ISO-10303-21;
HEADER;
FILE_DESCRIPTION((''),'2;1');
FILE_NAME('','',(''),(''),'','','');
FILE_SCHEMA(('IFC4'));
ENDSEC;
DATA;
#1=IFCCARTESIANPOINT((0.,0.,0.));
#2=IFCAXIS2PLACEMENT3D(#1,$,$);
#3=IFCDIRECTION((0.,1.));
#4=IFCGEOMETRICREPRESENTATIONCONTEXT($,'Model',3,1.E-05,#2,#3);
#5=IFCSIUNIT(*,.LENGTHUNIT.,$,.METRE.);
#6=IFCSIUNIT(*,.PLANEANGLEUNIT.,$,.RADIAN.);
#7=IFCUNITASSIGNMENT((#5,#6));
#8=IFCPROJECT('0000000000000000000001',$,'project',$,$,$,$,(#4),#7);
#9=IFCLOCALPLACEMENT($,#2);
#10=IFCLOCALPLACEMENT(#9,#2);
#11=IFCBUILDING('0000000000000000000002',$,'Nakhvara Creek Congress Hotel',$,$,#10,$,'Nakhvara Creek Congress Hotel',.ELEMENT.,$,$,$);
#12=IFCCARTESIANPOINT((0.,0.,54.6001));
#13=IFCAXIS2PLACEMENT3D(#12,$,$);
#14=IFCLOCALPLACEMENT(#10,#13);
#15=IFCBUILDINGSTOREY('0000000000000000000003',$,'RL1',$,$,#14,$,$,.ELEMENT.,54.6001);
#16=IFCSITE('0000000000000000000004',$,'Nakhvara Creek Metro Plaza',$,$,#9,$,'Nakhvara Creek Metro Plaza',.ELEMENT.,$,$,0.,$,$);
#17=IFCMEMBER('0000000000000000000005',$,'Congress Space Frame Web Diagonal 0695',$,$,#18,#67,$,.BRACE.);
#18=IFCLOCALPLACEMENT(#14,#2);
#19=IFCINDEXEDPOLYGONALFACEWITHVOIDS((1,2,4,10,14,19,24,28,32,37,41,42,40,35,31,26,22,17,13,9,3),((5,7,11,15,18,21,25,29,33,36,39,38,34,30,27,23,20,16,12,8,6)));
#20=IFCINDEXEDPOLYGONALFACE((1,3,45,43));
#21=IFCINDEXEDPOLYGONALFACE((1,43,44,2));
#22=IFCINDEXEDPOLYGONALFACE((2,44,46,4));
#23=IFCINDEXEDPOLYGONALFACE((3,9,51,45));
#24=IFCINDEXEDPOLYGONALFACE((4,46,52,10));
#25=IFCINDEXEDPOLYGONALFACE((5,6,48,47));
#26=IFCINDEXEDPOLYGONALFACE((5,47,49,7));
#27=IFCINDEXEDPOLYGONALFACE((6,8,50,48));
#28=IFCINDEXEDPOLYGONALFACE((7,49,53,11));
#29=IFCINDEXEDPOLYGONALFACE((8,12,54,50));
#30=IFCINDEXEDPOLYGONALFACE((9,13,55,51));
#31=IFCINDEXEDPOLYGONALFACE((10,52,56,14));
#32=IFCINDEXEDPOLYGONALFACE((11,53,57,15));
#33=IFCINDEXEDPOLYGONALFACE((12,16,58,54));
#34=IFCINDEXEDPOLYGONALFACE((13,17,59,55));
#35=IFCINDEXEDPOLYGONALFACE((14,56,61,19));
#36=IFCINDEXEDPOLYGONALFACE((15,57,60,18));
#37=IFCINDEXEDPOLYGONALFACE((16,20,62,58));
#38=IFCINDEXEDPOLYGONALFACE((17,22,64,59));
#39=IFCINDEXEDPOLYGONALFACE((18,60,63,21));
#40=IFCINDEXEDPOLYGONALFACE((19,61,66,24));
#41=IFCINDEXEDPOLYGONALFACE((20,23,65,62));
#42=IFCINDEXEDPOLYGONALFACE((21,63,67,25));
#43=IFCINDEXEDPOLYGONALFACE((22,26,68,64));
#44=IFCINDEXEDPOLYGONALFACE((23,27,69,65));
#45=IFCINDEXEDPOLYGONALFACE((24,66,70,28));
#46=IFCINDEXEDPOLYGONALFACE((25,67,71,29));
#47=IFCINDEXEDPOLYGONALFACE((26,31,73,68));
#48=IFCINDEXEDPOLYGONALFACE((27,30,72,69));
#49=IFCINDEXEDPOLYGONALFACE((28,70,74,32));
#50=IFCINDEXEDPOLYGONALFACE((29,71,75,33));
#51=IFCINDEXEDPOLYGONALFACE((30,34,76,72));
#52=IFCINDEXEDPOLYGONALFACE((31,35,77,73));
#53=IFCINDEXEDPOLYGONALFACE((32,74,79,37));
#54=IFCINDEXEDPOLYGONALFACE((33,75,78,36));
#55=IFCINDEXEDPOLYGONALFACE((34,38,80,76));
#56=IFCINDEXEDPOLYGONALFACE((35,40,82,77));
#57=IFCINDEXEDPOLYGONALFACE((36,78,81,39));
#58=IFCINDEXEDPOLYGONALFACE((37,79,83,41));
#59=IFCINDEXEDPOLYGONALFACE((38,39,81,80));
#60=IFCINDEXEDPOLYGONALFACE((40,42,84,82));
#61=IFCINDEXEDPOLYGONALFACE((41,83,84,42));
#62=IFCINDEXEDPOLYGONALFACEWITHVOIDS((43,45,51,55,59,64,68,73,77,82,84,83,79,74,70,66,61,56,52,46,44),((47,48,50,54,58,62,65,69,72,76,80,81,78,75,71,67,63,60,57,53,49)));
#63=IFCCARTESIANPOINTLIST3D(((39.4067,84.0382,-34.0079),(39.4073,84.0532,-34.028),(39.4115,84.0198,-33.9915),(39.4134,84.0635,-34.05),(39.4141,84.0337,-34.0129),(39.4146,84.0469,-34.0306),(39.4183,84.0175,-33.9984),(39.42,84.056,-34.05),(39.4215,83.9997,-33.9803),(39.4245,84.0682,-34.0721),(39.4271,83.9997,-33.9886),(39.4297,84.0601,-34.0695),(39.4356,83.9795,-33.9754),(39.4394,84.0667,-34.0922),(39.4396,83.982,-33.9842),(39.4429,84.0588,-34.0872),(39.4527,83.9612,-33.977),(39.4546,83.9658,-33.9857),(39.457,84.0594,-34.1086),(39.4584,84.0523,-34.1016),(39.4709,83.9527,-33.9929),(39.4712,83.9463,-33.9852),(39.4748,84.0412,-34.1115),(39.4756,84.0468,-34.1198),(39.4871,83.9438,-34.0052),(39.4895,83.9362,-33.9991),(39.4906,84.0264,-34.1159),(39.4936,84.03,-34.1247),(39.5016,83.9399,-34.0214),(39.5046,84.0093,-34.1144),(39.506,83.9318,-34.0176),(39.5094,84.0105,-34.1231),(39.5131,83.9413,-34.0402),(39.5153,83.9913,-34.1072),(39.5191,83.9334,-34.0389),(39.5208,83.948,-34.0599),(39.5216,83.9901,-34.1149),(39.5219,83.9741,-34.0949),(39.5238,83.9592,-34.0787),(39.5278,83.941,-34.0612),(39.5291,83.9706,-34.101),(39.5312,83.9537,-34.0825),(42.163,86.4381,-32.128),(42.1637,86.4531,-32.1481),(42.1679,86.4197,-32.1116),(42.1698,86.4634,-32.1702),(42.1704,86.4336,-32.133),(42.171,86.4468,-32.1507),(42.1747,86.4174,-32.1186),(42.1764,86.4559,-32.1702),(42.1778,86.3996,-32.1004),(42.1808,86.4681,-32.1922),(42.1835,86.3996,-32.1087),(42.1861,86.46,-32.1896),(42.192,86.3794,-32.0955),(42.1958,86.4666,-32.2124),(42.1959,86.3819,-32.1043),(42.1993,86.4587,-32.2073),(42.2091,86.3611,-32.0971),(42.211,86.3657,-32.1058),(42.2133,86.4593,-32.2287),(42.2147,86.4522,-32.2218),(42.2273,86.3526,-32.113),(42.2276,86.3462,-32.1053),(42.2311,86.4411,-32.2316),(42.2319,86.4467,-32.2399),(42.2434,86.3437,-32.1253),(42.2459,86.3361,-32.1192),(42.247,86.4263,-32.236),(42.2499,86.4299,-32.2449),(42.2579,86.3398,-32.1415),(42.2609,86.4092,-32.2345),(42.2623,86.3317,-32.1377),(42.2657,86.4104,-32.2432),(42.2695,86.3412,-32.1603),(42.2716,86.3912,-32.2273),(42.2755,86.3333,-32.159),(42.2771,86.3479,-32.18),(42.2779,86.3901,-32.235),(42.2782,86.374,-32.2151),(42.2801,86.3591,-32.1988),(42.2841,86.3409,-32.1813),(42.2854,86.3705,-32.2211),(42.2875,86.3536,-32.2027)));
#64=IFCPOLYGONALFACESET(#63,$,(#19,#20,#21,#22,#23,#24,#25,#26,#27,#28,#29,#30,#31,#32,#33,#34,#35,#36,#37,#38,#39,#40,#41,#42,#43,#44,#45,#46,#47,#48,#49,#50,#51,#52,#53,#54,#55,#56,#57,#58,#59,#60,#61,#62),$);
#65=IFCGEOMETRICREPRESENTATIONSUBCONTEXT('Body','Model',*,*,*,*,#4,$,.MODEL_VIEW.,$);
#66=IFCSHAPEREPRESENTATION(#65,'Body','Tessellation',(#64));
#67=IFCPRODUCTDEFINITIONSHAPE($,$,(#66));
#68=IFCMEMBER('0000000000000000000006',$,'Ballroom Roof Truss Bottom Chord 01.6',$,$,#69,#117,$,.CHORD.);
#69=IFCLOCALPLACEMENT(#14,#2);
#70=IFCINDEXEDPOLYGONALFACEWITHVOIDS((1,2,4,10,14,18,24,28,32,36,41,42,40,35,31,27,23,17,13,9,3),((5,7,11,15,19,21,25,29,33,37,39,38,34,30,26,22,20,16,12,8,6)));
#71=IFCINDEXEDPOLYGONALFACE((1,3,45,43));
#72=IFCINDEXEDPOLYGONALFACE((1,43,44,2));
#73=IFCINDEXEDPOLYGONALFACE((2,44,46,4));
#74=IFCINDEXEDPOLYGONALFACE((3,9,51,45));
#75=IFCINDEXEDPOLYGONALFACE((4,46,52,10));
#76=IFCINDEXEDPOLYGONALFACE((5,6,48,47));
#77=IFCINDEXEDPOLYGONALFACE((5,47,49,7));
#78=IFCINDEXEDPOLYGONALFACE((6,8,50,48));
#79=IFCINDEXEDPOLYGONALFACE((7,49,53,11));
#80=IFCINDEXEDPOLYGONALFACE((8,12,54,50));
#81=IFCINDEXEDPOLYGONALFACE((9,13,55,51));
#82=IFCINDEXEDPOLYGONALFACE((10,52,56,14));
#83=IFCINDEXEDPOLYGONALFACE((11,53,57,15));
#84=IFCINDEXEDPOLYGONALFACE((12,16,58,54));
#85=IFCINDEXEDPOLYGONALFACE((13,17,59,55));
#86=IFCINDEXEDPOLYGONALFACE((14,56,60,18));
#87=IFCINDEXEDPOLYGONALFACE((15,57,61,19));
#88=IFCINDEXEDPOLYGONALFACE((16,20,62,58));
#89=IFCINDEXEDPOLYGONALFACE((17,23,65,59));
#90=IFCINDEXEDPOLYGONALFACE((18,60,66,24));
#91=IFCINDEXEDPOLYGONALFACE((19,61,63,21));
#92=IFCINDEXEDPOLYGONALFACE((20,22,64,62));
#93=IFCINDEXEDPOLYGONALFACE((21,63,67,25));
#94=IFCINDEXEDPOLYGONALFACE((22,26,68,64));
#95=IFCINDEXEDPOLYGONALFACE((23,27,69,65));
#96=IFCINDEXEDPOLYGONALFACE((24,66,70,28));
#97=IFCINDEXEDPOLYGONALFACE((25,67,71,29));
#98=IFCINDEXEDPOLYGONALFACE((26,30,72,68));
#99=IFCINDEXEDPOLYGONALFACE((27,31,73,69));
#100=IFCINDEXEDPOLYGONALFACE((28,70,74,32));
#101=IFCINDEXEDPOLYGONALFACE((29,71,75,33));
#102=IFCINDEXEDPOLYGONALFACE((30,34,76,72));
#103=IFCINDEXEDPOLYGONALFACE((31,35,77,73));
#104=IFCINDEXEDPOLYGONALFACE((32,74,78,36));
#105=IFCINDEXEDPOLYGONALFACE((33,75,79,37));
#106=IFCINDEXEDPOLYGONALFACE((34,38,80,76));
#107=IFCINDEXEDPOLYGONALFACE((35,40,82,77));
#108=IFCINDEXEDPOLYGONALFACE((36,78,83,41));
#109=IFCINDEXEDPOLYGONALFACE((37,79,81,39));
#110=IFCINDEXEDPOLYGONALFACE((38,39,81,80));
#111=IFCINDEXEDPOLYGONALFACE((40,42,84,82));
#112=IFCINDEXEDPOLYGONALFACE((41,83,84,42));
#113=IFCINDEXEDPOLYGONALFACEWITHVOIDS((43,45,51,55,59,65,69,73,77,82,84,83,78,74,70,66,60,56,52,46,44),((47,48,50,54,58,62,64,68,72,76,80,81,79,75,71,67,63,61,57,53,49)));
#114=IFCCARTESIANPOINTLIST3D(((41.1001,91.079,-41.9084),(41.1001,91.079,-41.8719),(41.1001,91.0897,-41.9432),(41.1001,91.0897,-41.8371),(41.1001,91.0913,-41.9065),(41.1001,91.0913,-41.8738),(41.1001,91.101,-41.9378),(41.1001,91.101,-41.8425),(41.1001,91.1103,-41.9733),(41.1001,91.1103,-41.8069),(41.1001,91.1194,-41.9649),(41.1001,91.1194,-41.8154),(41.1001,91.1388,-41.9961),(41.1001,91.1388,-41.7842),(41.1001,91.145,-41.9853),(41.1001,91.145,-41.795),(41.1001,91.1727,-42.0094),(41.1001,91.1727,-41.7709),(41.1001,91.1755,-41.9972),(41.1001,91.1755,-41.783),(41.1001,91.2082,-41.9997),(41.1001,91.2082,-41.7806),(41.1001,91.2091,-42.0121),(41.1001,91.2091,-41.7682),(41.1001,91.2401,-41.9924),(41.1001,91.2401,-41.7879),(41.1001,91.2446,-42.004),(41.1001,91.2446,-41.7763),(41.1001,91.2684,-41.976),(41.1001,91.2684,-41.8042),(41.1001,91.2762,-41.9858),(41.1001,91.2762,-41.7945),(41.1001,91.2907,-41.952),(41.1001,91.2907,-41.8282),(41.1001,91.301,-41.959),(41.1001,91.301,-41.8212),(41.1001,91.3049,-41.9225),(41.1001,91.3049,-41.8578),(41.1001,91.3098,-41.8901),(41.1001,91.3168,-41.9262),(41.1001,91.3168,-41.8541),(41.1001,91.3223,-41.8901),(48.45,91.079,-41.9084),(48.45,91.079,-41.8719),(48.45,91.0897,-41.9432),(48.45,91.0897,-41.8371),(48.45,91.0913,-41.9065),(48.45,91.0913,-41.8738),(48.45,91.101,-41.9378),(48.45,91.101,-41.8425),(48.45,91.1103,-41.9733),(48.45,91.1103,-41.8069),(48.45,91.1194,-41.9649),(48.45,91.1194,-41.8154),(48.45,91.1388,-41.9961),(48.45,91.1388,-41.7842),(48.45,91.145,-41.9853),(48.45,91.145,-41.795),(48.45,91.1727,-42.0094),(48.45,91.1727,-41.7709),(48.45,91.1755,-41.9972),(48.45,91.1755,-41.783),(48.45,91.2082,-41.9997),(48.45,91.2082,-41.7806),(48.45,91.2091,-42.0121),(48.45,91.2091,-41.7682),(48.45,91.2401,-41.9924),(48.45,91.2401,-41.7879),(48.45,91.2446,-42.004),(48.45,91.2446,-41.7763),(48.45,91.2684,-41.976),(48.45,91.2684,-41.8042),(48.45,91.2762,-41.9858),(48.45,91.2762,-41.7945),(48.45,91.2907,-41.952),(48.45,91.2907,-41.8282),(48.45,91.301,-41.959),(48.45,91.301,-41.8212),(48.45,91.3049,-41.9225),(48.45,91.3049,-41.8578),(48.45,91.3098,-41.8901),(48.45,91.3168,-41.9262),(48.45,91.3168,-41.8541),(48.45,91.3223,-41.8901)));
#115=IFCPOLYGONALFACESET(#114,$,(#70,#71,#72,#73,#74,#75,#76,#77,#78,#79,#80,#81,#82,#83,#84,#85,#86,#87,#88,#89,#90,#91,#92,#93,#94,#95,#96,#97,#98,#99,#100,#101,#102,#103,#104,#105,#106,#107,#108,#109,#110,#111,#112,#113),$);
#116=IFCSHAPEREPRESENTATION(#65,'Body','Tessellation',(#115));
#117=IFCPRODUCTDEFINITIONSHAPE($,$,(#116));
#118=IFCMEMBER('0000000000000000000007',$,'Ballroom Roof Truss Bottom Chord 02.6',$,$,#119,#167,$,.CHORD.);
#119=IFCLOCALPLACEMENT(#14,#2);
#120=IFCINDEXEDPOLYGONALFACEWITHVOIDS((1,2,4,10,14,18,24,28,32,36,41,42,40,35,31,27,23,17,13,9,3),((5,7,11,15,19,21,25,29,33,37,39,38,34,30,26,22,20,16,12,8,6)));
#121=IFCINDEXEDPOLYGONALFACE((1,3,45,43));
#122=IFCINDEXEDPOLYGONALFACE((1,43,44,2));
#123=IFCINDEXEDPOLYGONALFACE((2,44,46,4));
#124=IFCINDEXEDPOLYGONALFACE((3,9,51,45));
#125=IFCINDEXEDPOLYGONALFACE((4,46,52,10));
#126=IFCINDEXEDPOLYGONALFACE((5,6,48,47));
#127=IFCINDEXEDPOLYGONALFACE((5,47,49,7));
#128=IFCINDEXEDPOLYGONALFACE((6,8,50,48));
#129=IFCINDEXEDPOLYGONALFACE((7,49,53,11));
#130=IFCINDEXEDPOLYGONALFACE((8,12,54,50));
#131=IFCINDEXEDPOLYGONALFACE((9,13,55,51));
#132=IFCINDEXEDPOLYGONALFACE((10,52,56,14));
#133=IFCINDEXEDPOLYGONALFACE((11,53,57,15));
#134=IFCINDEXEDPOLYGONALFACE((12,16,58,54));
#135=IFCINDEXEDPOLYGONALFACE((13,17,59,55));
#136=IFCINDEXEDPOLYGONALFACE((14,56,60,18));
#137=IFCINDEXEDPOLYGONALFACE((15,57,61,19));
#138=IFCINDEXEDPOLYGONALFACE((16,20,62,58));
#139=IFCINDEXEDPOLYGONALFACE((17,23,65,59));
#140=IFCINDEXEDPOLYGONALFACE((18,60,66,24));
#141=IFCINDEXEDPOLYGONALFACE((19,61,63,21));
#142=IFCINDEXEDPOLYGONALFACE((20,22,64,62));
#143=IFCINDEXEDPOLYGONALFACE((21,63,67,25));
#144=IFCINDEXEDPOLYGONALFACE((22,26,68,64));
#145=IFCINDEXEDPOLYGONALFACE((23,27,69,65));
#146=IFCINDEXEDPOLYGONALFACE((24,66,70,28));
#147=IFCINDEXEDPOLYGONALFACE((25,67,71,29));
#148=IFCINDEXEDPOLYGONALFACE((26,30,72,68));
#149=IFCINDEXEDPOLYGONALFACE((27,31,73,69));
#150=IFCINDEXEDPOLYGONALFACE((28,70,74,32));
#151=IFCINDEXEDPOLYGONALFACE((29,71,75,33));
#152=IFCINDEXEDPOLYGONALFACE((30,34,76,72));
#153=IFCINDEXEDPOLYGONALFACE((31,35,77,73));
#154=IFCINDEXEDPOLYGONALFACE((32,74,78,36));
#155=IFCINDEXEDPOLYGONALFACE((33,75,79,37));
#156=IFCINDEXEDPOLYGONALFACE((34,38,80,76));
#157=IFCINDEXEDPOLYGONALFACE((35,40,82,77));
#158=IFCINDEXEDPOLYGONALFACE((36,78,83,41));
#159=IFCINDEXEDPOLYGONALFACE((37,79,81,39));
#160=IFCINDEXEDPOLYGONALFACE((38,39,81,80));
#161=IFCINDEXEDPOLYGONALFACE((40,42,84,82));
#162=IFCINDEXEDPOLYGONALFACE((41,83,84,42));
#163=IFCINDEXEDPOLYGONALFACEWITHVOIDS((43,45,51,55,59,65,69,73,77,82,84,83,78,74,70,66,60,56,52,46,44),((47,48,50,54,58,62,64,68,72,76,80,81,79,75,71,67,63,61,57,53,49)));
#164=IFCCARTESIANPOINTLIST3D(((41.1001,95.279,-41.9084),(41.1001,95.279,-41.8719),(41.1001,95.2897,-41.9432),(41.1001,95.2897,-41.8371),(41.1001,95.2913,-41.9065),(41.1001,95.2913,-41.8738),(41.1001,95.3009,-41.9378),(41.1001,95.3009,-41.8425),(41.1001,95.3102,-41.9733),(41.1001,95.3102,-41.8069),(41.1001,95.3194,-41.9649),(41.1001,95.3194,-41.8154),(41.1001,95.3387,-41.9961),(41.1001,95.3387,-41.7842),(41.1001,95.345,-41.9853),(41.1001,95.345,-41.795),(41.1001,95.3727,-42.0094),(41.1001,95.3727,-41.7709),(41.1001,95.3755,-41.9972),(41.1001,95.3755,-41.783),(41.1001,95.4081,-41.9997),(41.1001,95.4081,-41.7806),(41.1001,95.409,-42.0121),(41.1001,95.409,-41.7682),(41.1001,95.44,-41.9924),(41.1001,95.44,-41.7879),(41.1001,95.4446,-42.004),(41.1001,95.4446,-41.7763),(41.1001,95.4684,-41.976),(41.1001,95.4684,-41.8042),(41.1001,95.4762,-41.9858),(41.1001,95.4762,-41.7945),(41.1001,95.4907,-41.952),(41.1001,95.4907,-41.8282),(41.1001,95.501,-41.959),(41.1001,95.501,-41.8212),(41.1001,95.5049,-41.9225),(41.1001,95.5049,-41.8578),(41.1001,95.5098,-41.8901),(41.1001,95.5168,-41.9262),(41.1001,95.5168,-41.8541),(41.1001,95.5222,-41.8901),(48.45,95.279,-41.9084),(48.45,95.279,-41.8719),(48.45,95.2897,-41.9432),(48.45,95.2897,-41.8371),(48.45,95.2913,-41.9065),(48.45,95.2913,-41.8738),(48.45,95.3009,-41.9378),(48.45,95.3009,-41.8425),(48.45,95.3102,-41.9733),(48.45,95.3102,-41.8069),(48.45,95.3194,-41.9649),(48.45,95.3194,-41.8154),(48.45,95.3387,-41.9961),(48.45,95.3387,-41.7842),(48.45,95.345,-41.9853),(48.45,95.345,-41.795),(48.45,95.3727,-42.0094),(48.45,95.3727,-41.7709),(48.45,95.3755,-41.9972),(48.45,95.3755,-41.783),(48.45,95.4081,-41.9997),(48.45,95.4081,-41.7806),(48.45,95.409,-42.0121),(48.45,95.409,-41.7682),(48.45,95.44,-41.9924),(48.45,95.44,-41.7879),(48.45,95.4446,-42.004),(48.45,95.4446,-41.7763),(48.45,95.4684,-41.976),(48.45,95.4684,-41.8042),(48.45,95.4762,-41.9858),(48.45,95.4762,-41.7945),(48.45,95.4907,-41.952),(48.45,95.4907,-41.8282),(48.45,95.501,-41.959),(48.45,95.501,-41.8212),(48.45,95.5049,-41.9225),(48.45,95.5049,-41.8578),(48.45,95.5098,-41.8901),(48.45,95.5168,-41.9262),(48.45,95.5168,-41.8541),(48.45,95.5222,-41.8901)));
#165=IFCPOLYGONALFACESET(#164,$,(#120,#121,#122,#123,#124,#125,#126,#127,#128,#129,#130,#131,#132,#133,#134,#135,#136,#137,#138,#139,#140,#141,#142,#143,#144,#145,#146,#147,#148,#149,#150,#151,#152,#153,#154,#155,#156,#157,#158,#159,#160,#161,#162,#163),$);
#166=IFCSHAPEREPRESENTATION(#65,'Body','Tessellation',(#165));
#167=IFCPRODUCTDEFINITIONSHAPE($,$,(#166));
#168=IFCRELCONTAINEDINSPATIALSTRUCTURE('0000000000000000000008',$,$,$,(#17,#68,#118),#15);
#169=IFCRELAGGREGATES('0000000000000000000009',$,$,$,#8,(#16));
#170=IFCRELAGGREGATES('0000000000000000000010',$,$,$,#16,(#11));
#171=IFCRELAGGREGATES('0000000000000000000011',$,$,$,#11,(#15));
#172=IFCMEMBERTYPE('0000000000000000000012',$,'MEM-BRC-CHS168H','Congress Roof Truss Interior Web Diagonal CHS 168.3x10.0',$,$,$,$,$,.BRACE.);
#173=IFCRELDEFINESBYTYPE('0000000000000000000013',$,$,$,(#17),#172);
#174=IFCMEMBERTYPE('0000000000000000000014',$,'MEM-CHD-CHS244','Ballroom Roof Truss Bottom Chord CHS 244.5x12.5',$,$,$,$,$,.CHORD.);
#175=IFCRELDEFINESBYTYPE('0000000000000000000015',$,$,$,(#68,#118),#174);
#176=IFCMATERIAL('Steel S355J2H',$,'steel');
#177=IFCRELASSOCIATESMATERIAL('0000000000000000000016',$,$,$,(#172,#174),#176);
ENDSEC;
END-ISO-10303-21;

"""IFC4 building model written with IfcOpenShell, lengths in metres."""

from ifc_helpers import new_model, si_unit, direction, frame, origin, origin_2d, place, context, subcontext, project, spatial, hollow_circle, extrude, material, material_profile, profile_set, type_object, element, save


model = new_model("IFC4")

# Units and contexts
model_context = context("Model", 3, precision=1e-05, world=origin(), true_north=direction((0.0, 1.0)))
body_context = subcontext(model_context, "Body", "Model", "MODEL_VIEW")
ifc_project = project(units=[si_unit("LENGTHUNIT", "METRE"), si_unit("PLANEANGLEUNIT", "RADIAN")], contexts=[model_context])

# Site, building, storey
site_placement = place(None, origin())
site = spatial("IfcSite", under=ifc_project, at=site_placement, Name="Nakhvara Creek Metro Plaza", LongName="Nakhvara Creek Metro Plaza", CompositionType="ELEMENT", RefElevation=0.0)
building_placement = place(site_placement, origin())
building = spatial("IfcBuilding", under=site, at=building_placement, Name="Nakhvara Creek Congress Hotel", LongName="Nakhvara Creek Congress Hotel", CompositionType="ELEMENT")
storey_placement = place(building_placement, frame((0.0, 0.0, 54.6001)))
storey = spatial("IfcBuildingStorey", under=building, at=storey_placement, Name="RL1", CompositionType="ELEMENT", Elevation=54.6001)

# Members
ifc_material_1 = material(Name="Steel S355J2H", Category="steel")
ifc_material_profile_1 = material_profile(ifc_material_1, hollow_circle(Radius=0.0842, WallThickness=0.01, at=origin_2d()), Name="CHS 168.3x10.0", Category="LoadBearing")
ifc_profile_set_1 = profile_set([ifc_material_profile_1], Name="Steel S355J2H")
member_type_1 = type_object("IfcMemberType", Name="MEM-BRC-CHS168H", Description="Congress Roof Truss Interior Web Diagonal CHS 168.3x10.0", PredefinedType="BRACE", material=ifc_profile_set_1)
member_1_placement = place(storey_placement, frame((39.4688, 84.0, -34.05), z_axis=(0.670667, 0.583938, 0.457408), x_axis=(-0.656658, 0.754188, 0.0)))
element("IfcMember", 1, at=member_1_placement, inside=storey, type_object=member_type_1, Name="Congress Space Frame Web Diagonal 0695", PredefinedType="BRACE", context=body_context, shape_type="SweptSolid", body=[
    extrude(hollow_circle(Radius=0.0842, WallThickness=0.01, at=origin_2d()), origin(), (0.0, 0.0, 1.0), 4.1099),
])
ifc_material_profile_2 = material_profile(ifc_material_1, hollow_circle(Radius=0.1223, WallThickness=0.0125, at=origin_2d()), Name="CHS 244.5x12.5", Category="LoadBearing")
ifc_profile_set_2 = profile_set([ifc_material_profile_2], Name="Steel S355J2H")
member_type_2 = type_object("IfcMemberType", Name="MEM-CHD-CHS244", Description="Ballroom Roof Truss Bottom Chord CHS 244.5x12.5", PredefinedType="CHORD", material=ifc_profile_set_2)
for number, where, z_axis, x_axis, name in (
    (2, (41.1001, 91.2, -41.8901), (1.0, 0.0, 0.0), (0.0, 1.0, 0.0), "Ballroom Roof Truss Bottom Chord 01.6"),
    (3, (41.1001, 95.3999, -41.8901), (1.0, 0.0, 0.0), (0.0, 1.0, 0.0), "Ballroom Roof Truss Bottom Chord 02.6"),
):
    element("IfcMember", number, at=place(storey_placement, frame(where, z_axis=z_axis, x_axis=x_axis)), inside=storey, type_object=member_type_2, Name=name, PredefinedType="CHORD", context=body_context, shape_type="SweptSolid", body=[
        extrude(hollow_circle(Radius=0.1223, WallThickness=0.0125, at=origin_2d()), origin(), (0.0, 0.0, 1.0), 7.3499),
    ])

save(model, "model.ifc")
